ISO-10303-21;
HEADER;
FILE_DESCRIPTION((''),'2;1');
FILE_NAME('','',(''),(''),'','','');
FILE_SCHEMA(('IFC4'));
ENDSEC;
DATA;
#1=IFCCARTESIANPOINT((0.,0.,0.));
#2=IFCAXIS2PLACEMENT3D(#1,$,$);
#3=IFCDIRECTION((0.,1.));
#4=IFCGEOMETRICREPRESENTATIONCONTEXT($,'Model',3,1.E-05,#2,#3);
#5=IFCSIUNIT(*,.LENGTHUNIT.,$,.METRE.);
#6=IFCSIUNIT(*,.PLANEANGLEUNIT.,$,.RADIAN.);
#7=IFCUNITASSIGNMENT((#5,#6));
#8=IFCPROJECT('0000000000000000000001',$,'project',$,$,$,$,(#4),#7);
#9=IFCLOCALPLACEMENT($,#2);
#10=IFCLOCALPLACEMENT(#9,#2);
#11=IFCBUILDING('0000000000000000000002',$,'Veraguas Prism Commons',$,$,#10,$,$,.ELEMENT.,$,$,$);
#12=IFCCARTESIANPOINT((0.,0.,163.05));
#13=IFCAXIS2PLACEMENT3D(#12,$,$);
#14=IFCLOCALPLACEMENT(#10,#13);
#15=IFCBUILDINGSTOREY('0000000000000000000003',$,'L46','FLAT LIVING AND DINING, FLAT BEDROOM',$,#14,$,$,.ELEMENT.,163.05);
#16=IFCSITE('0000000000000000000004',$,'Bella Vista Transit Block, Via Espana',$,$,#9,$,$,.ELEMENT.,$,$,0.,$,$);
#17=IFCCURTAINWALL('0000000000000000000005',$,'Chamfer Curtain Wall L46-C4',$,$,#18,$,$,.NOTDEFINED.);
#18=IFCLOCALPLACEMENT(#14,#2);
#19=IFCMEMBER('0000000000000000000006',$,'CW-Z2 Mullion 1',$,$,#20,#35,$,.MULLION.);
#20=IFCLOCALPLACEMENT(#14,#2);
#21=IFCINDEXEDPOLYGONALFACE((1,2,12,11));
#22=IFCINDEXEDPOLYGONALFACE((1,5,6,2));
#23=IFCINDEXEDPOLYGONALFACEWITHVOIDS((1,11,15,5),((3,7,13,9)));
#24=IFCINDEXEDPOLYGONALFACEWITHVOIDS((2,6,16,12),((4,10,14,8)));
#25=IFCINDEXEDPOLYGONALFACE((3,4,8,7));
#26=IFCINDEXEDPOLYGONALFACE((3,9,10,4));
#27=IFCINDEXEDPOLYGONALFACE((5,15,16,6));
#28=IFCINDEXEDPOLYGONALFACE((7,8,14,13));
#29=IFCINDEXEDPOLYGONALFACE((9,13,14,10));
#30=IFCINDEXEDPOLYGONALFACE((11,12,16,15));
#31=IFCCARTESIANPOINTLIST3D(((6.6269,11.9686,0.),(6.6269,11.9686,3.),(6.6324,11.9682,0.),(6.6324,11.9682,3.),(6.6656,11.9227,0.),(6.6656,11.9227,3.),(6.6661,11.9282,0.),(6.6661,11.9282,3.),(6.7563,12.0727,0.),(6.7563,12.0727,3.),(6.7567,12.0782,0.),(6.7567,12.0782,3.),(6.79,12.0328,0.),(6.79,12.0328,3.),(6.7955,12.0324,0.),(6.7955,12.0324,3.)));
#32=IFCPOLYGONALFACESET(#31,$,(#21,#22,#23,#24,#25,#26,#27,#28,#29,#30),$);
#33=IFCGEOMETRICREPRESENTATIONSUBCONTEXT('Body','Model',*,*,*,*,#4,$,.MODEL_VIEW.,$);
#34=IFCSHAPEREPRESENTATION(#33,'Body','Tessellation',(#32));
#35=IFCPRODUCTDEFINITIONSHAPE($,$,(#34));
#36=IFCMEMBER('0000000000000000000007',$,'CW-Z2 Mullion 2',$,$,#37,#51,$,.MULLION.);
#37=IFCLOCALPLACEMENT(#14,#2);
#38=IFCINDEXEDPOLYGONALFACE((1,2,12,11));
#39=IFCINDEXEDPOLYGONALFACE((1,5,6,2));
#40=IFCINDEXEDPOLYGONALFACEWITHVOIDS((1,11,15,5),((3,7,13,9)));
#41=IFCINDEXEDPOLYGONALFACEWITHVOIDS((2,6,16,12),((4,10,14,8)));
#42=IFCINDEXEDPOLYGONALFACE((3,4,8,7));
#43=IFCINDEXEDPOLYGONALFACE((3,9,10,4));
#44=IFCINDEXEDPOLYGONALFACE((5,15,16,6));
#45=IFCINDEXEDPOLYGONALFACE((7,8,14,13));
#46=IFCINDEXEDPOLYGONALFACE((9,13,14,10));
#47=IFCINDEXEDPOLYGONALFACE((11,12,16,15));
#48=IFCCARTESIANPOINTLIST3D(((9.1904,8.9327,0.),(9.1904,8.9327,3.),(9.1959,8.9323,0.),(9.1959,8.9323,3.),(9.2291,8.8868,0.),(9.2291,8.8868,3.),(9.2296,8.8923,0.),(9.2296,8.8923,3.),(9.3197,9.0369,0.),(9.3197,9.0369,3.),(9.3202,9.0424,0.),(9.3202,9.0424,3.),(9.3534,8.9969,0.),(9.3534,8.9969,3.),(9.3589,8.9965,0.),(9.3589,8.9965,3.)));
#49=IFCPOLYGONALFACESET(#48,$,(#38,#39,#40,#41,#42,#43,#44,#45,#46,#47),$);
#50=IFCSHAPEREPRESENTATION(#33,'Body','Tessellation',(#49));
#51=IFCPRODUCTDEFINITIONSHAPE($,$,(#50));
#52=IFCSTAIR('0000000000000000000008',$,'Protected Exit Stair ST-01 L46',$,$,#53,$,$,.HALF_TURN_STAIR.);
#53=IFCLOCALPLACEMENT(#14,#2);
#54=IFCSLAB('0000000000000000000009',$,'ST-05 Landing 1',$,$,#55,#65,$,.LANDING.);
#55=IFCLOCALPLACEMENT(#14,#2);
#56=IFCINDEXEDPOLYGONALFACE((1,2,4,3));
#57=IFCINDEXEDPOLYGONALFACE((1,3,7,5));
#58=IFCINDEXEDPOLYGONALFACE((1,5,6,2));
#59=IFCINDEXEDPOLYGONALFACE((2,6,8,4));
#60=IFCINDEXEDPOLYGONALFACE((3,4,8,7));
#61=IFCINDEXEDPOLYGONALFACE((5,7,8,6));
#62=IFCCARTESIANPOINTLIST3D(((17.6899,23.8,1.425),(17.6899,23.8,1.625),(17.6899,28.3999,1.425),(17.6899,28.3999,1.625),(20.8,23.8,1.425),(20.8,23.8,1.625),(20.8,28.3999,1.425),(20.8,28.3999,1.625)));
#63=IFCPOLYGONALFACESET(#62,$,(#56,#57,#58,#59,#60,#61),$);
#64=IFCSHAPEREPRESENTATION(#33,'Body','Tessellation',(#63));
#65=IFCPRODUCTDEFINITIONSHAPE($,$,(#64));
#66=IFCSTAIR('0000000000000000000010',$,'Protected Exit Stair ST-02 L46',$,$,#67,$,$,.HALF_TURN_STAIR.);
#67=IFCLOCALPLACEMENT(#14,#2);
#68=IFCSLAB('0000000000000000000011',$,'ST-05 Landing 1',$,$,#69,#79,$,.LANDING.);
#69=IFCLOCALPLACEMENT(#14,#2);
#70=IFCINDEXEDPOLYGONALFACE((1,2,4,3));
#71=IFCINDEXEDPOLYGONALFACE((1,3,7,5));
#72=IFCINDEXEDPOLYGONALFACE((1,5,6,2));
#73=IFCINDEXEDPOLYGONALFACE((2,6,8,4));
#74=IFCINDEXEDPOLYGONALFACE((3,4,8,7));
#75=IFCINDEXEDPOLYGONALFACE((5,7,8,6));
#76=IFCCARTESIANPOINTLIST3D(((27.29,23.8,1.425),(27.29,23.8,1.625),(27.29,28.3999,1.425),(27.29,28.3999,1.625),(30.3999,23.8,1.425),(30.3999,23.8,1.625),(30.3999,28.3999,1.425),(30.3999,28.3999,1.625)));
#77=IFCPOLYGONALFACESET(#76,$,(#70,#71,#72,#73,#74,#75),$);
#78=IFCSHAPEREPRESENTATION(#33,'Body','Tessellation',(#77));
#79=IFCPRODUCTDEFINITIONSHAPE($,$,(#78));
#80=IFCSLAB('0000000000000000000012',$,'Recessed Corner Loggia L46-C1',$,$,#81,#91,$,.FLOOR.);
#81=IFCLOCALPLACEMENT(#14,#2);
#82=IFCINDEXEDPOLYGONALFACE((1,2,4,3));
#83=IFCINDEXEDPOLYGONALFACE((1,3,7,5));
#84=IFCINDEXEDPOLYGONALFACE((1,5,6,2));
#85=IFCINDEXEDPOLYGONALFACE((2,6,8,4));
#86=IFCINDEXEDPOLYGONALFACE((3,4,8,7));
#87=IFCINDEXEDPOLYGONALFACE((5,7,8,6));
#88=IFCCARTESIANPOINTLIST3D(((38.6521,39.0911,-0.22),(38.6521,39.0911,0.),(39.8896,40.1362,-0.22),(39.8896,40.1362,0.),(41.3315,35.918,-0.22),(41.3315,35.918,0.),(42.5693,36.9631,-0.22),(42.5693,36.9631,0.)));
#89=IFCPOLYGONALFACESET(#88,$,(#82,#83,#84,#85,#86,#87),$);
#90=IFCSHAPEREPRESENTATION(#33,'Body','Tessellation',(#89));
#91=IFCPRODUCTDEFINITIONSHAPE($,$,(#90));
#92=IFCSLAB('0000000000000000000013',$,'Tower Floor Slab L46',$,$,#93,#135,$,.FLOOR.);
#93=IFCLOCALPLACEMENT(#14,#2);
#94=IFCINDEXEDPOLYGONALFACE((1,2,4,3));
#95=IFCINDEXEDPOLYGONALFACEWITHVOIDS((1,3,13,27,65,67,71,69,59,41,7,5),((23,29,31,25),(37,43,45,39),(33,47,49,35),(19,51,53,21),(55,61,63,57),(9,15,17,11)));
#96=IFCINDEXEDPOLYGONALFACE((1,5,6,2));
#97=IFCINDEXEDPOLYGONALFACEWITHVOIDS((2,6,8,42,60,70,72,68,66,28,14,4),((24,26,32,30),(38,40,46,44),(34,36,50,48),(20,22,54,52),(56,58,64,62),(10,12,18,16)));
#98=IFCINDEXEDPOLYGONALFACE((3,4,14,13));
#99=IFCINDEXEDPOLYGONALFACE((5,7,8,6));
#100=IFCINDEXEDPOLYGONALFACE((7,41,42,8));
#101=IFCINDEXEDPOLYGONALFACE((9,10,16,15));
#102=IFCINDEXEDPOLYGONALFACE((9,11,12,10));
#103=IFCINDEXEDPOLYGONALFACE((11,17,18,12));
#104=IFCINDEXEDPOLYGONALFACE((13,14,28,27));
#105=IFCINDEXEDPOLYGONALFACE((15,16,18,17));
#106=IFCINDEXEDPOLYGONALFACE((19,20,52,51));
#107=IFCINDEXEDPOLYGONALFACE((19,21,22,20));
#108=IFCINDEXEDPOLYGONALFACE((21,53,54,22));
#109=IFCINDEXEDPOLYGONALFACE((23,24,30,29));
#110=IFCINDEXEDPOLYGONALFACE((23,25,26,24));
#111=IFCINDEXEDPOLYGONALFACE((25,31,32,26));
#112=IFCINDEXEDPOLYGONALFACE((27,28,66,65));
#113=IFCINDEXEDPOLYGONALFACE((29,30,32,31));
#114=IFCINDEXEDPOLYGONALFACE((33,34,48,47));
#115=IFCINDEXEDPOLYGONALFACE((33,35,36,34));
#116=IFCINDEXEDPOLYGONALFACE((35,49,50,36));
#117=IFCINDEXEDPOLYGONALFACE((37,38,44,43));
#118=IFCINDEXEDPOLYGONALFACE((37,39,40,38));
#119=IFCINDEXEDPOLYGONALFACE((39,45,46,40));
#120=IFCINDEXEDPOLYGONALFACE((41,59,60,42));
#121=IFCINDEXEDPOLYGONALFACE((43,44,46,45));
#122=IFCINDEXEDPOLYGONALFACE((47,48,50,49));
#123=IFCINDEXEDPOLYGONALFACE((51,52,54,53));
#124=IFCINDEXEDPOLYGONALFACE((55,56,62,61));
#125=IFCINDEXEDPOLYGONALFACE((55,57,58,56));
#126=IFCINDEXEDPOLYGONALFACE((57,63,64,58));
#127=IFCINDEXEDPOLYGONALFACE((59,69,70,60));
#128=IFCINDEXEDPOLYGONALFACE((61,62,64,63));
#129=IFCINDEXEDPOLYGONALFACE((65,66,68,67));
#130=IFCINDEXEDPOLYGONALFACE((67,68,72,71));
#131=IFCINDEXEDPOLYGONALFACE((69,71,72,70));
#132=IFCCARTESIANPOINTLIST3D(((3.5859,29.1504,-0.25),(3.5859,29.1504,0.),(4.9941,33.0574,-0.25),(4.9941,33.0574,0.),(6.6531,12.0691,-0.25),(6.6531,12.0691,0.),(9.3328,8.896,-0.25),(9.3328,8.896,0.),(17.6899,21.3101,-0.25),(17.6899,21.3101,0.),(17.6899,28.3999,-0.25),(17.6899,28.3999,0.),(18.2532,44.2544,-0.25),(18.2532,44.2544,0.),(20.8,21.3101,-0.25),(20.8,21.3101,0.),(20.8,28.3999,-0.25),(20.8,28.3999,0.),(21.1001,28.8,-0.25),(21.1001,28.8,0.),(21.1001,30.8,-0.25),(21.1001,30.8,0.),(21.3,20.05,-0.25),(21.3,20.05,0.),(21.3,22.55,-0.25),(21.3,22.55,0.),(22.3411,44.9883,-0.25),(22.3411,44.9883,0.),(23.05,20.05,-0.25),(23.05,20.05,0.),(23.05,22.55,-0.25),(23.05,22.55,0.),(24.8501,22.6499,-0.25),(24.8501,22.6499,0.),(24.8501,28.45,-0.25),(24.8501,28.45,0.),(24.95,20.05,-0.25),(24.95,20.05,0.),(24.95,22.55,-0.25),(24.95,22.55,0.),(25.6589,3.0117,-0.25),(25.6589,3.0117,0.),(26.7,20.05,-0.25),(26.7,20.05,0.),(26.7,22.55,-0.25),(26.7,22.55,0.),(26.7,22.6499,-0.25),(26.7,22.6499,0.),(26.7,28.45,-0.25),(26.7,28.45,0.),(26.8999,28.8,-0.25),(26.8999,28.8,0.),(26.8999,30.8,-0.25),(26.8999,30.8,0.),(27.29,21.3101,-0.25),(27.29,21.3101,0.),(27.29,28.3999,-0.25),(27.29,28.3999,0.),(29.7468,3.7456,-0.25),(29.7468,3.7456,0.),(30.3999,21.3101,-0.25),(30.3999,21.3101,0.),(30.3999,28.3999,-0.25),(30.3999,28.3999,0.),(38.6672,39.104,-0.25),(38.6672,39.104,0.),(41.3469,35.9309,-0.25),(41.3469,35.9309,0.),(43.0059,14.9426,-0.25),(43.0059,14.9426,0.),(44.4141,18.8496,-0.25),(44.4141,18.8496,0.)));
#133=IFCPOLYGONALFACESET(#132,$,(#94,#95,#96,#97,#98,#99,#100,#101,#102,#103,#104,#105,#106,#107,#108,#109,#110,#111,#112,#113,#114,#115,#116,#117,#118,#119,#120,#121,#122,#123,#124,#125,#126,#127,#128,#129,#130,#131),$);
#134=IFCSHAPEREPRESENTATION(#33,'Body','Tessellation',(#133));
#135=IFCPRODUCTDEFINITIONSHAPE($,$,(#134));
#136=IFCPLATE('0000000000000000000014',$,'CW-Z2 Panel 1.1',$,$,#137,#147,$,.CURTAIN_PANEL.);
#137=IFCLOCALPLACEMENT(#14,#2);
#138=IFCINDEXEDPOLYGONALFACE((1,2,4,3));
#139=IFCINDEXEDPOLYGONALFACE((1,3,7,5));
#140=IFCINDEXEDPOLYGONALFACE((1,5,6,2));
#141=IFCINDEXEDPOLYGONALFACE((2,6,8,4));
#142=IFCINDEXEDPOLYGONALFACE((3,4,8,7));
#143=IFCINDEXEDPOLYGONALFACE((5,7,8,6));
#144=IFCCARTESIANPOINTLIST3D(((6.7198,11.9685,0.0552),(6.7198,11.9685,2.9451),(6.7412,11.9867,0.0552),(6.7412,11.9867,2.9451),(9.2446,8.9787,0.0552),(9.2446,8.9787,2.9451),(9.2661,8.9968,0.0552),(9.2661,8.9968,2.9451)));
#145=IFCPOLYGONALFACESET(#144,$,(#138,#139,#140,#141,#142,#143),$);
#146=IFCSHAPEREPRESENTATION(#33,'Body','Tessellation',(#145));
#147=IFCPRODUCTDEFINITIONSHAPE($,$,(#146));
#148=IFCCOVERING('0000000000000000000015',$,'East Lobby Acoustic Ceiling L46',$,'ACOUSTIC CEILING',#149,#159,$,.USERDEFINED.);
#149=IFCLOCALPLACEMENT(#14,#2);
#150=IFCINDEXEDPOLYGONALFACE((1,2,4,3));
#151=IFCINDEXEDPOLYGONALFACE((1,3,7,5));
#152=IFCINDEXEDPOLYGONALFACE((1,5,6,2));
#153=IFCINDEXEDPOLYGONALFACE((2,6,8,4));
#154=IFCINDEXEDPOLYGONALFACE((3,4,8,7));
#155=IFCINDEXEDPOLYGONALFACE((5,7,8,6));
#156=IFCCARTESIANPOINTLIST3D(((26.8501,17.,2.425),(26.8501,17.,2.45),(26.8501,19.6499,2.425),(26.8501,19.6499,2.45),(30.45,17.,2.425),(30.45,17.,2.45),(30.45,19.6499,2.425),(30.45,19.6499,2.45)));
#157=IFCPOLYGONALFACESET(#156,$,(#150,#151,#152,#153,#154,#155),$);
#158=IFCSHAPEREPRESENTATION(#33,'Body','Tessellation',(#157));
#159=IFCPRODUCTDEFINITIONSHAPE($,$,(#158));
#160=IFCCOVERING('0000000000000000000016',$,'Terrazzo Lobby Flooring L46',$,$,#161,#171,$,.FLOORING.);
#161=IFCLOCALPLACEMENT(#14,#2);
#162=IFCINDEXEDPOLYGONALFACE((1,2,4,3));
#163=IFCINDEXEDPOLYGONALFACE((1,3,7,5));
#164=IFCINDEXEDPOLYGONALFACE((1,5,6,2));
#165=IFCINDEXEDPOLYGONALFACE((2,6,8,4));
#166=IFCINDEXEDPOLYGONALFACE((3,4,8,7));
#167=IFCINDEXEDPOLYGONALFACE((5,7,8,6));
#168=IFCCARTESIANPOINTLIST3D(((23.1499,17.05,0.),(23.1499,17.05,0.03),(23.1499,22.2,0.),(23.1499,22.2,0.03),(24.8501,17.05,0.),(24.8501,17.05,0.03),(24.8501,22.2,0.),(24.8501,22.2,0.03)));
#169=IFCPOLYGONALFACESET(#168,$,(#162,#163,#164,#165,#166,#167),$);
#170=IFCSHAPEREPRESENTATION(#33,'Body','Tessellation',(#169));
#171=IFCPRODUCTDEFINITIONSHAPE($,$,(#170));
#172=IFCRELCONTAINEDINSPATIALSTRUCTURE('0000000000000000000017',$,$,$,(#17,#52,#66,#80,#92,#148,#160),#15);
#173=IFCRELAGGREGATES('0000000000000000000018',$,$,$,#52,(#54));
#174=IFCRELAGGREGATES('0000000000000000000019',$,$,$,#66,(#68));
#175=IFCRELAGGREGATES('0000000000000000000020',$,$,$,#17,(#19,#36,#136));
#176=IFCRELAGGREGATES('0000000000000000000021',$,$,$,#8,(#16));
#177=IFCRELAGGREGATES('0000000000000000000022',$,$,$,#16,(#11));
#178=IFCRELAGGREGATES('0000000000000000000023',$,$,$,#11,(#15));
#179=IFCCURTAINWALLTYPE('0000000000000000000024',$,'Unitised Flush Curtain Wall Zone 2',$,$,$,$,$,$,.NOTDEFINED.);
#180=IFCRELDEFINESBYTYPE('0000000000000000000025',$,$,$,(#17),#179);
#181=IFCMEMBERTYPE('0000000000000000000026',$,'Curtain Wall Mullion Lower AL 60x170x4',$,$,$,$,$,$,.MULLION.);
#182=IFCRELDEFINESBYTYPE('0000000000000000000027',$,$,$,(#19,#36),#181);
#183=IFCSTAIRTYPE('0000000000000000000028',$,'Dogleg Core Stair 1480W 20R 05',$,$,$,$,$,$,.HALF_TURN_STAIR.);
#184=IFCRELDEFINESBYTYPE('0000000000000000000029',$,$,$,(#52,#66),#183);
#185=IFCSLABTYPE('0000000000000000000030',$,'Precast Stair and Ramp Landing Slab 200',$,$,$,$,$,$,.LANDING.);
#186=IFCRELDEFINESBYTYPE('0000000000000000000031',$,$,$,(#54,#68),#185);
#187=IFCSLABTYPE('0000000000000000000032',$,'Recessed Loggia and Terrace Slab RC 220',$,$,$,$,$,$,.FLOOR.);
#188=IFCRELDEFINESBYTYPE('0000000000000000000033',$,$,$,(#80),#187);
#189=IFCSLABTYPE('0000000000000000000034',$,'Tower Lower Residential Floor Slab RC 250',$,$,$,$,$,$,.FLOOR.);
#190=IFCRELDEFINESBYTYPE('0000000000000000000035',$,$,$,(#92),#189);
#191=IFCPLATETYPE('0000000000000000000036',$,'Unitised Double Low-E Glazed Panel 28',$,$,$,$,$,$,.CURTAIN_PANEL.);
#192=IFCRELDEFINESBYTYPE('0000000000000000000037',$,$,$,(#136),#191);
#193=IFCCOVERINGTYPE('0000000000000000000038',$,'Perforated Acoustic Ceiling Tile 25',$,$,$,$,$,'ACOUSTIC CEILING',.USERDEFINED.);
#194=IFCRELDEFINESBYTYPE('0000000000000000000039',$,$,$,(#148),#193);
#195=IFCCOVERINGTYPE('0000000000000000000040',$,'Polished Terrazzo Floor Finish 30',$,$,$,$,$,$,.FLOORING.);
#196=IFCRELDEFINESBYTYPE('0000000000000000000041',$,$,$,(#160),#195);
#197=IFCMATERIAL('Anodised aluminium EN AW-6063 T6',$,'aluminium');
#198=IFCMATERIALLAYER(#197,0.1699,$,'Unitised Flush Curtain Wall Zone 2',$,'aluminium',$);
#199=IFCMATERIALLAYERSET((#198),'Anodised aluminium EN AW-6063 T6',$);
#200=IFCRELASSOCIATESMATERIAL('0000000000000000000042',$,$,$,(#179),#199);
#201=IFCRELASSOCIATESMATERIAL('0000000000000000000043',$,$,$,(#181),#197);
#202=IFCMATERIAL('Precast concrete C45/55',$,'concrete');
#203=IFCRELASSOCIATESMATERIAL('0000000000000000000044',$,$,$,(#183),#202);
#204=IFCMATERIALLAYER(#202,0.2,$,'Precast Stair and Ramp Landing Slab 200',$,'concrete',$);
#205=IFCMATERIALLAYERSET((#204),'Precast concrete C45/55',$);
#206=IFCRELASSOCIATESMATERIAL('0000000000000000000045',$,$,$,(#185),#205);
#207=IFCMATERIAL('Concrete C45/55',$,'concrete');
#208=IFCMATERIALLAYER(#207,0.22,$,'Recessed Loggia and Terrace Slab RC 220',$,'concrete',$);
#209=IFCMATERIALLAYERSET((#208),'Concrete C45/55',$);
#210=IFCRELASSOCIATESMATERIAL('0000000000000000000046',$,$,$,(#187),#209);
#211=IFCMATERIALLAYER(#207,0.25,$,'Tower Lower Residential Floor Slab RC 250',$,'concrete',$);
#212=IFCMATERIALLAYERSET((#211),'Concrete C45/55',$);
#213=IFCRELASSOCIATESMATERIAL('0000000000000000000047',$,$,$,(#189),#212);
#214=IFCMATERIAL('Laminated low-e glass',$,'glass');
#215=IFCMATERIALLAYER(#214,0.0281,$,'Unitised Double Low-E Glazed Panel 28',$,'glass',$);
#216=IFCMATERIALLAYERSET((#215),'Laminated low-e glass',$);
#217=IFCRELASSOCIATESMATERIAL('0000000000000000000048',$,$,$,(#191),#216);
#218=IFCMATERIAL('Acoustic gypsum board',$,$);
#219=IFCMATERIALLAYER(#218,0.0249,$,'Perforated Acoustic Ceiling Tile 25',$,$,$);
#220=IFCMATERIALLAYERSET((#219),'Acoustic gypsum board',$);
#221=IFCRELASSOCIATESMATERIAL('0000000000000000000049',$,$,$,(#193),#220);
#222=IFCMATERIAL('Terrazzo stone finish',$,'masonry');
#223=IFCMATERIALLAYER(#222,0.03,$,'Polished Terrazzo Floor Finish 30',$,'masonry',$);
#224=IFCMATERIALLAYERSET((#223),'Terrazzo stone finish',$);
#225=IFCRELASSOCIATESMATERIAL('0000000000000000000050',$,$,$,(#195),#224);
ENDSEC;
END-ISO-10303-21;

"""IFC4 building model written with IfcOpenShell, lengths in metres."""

from ifc_helpers import new_model, si_unit, direction, frame, origin, origin_2d, place, context, subcontext, project, spatial, polyline, rectangle, hollow_rectangle, outline, extrude, source, transform, mapped, material, layer, layer_set, material_profile, profile_set, type_object, element, aggregate, save


model = new_model("IFC4")

# Units and contexts
model_context = context("Model", 3, precision=1e-05, world=origin(), true_north=direction((0.0, 1.0)))
body_context = subcontext(model_context, "Body", "Model", "MODEL_VIEW")
ifc_project = project(units=[si_unit("LENGTHUNIT", "METRE"), si_unit("PLANEANGLEUNIT", "RADIAN")], contexts=[model_context])

# Site, building, storey
site_placement = place(None, origin())
site = spatial("IfcSite", under=ifc_project, at=site_placement, Name="Bella Vista Transit Block, Via Espana", CompositionType="ELEMENT", RefElevation=0.0)
building_placement = place(site_placement, origin())
building = spatial("IfcBuilding", under=site, at=building_placement, Name="Veraguas Prism Commons", CompositionType="ELEMENT")
storey_placement = place(building_placement, frame((0.0, 0.0, 163.05)))
storey = spatial("IfcBuildingStorey", under=building, at=storey_placement, Name="L46", Description="FLAT LIVING AND DINING, FLAT BEDROOM", CompositionType="ELEMENT", Elevation=163.05)

# Curtain wall, members
ifc_material_1 = material(Name="Anodised aluminium EN AW-6063 T6", Category="aluminium")
ifc_layer_1 = layer(ifc_material_1, 0.1699, Name="Unitised Flush Curtain Wall Zone 2", Category="aluminium")
ifc_layer_set_1 = layer_set([ifc_layer_1], Name="Anodised aluminium EN AW-6063 T6")
curtain_wall_type = type_object("IfcCurtainWallType", Name="Unitised Flush Curtain Wall Zone 2", PredefinedType="NOTDEFINED", material=ifc_layer_set_1)
curtain_wall_placement = place(storey_placement, origin())
curtain_wall = element("IfcCurtainWall", 1, at=curtain_wall_placement, inside=storey, type_object=curtain_wall_type, Name="Chamfer Curtain Wall L46-C4", PredefinedType="NOTDEFINED")
ifc_material_profile = material_profile(ifc_material_1, hollow_rectangle(XDim=0.0601, YDim=0.1699, WallThickness=0.0039, at=origin_2d()), Name="AL60X170X4")
ifc_profile_set = profile_set([ifc_material_profile], Name="Anodised aluminium EN AW-6063 T6")
member_type = type_object("IfcMemberType", Name="Curtain Wall Mullion Lower AL 60x170x4", PredefinedType="MULLION", material=ifc_profile_set)
shared_shape_1 = source(origin(), body_context, "Body", "SweptSolid", [
    extrude(hollow_rectangle(XDim=0.0601, YDim=0.1699, WallThickness=0.0039, at=origin_2d()), origin(), (0.0, 0.0, 1.0), 3.0),
])
member_1_placement = place(storey_placement, frame((6.7112, 12.0005, 0.0), z_axis=(0.0, 0.0, 1.0), x_axis=(0.645187, -0.764025, 0.0)))
member_1 = element("IfcMember", 2, at=member_1_placement, type_object=member_type, Name="CW-Z2 Mullion 1", PredefinedType="MULLION", context=body_context, shape_type="MappedRepresentation", body=[
    mapped(shared_shape_1, transform((0.0, 0.0, 0.0), scale=1.0)),
])
member_2_placement = place(storey_placement, frame((9.2747, 8.9646, 0.0), z_axis=(0.0, 0.0, 1.0), x_axis=(0.645187, -0.764025, 0.0)))
member_2 = element("IfcMember", 3, at=member_2_placement, type_object=member_type, Name="CW-Z2 Mullion 2", PredefinedType="MULLION", context=body_context, shape_type="MappedRepresentation", body=[
    mapped(shared_shape_1, transform((0.0, 0.0, 0.0), scale=1.0)),
])

# Stairs, slabs
ifc_material_2 = material(Name="Precast concrete C45/55", Category="concrete")
stair_type = type_object("IfcStairType", Name="Dogleg Core Stair 1480W 20R 05", PredefinedType="HALF_TURN_STAIR", material=ifc_material_2)
stair_1_placement = place(storey_placement, origin())
stair_1 = element("IfcStair", 4, at=stair_1_placement, inside=storey, type_object=stair_type, Name="Protected Exit Stair ST-01 L46", PredefinedType="HALF_TURN_STAIR")
ifc_layer_2 = layer(ifc_material_2, 0.2, Name="Precast Stair and Ramp Landing Slab 200", Category="concrete")
ifc_layer_set_2 = layer_set([ifc_layer_2], Name="Precast concrete C45/55")
slab_type_1 = type_object("IfcSlabType", Name="Precast Stair and Ramp Landing Slab 200", PredefinedType="LANDING", material=ifc_layer_set_2)
slab_1_placement = place(storey_placement, frame((0.0, 0.0, 1.425)))
slab_1 = element("IfcSlab", 5, at=slab_1_placement, type_object=slab_type_1, Name="ST-05 Landing 1", PredefinedType="LANDING", context=body_context, shape_type="SweptSolid", body=[
    extrude(outline(polyline([(20.8, 23.8), (20.8, 28.3999), (17.6899, 28.3999), (17.6899, 23.8), (20.8, 23.8)])), origin(), (0.0, 0.0, 1.0), 0.2),
])
aggregate(stair_1, [slab_1])
stair_2_placement = place(storey_placement, origin())
stair_2 = element("IfcStair", 6, at=stair_2_placement, inside=storey, type_object=stair_type, Name="Protected Exit Stair ST-02 L46", PredefinedType="HALF_TURN_STAIR")
slab_2_placement = place(storey_placement, frame((0.0, 0.0, 1.425)))
slab_2 = element("IfcSlab", 7, at=slab_2_placement, type_object=slab_type_1, Name="ST-05 Landing 1", PredefinedType="LANDING", context=body_context, shape_type="SweptSolid", body=[
    extrude(outline(polyline([(30.3999, 23.8), (30.3999, 28.3999), (27.29, 28.3999), (27.29, 23.8), (30.3999, 23.8)])), origin(), (0.0, 0.0, 1.0), 0.2),
])
aggregate(stair_2, [slab_2])

# Slabs
ifc_material_3 = material(Name="Concrete C45/55", Category="concrete")
ifc_layer_3 = layer(ifc_material_3, 0.22, Name="Recessed Loggia and Terrace Slab RC 220", Category="concrete")
ifc_layer_set_3 = layer_set([ifc_layer_3], Name="Concrete C45/55")
slab_type_2 = type_object("IfcSlabType", Name="Recessed Loggia and Terrace Slab RC 220", PredefinedType="FLOOR", material=ifc_layer_set_3)
slab_3_placement = place(storey_placement, frame((0.0, 0.0, -0.22)))
element("IfcSlab", 8, at=slab_3_placement, inside=storey, type_object=slab_type_2, Name="Recessed Corner Loggia L46-C1", PredefinedType="FLOOR", context=body_context, shape_type="SweptSolid", body=[
    extrude(outline(polyline([(41.3315, 35.918), (42.5693, 36.9631), (39.8896, 40.1362), (38.6521, 39.0911), (41.3315, 35.918)])), origin(), (0.0, 0.0, 1.0), 0.22),
])
ifc_layer_4 = layer(ifc_material_3, 0.25, Name="Tower Lower Residential Floor Slab RC 250", Category="concrete")
ifc_layer_set_4 = layer_set([ifc_layer_4], Name="Concrete C45/55")
slab_type_3 = type_object("IfcSlabType", Name="Tower Lower Residential Floor Slab RC 250", PredefinedType="FLOOR", material=ifc_layer_set_4)
slab_4_placement = place(storey_placement, frame((0.0, 0.0, -0.25)))
element("IfcSlab", 9, at=slab_4_placement, inside=storey, type_object=slab_type_3, Name="Tower Floor Slab L46", PredefinedType="FLOOR", context=body_context, shape_type="SweptSolid", body=[
    extrude(outline(polyline([(41.3469, 35.9309), (38.6672, 39.104), (22.3411, 44.9883), (18.2532, 44.2544), (4.9941, 33.0574), (3.5859, 29.1504), (6.6531, 12.0691), (9.3328, 8.896), (25.6589, 3.0117), (29.7468, 3.7456), (43.0059, 14.9426), (44.4141, 18.8496), (41.3469, 35.9309)]), holes=[polyline([(20.8, 21.3101), (20.8, 28.3999), (17.6899, 28.3999), (17.6899, 21.3101), (20.8, 21.3101)]), polyline([(30.3999, 21.3101), (30.3999, 28.3999), (27.29, 28.3999), (27.29, 21.3101), (30.3999, 21.3101)]), polyline([(24.8501, 22.6499), (26.7, 22.6499), (26.7, 28.45), (24.8501, 28.45), (24.8501, 22.6499)]), polyline([(21.1001, 28.8), (26.8999, 28.8), (26.8999, 30.8), (21.1001, 30.8), (21.1001, 28.8)]), polyline([(21.3, 20.05), (23.05, 20.05), (23.05, 22.55), (21.3, 22.55), (21.3, 20.05)]), polyline([(24.95, 20.05), (26.7, 20.05), (26.7, 22.55), (24.95, 22.55), (24.95, 20.05)])]), origin(), (0.0, 0.0, 1.0), 0.25),
])

# Plate
ifc_material_4 = material(Name="Laminated low-e glass", Category="glass")
ifc_layer_5 = layer(ifc_material_4, 0.0281, Name="Unitised Double Low-E Glazed Panel 28", Category="glass")
ifc_layer_set_5 = layer_set([ifc_layer_5], Name="Laminated low-e glass")
plate_type = type_object("IfcPlateType", Name="Unitised Double Low-E Glazed Panel 28", PredefinedType="CURTAIN_PANEL", material=ifc_layer_set_5)
shared_shape_2 = source(origin(), body_context, "Body", "SweptSolid", [
    extrude(rectangle(XDim=3.9133, YDim=0.0281, at=origin_2d()), origin(), (0.0, 0.0, 1.0), 2.8899),
])
plate_placement = place(storey_placement, frame((7.9929, 10.4827, 0.0552), z_axis=(0.0, 0.0, 1.0), x_axis=(0.645187, -0.764025, 0.0)))
plate = element("IfcPlate", 10, at=plate_placement, type_object=plate_type, Name="CW-Z2 Panel 1.1", PredefinedType="CURTAIN_PANEL", context=body_context, shape_type="MappedRepresentation", body=[
    mapped(shared_shape_2, transform((0.0, 0.0, 0.0), scale=1.0)),
])
aggregate(curtain_wall, [member_1, member_2, plate])

# Coverings
ifc_material_5 = material(Name="Acoustic gypsum board")
ifc_layer_6 = layer(ifc_material_5, 0.0249, Name="Perforated Acoustic Ceiling Tile 25")
ifc_layer_set_6 = layer_set([ifc_layer_6], Name="Acoustic gypsum board")
covering_type_1 = type_object("IfcCoveringType", Name="Perforated Acoustic Ceiling Tile 25", ElementType="ACOUSTIC CEILING", PredefinedType="USERDEFINED", material=ifc_layer_set_6)
covering_1_placement = place(storey_placement, frame((0.0, 0.0, 2.425)))
element("IfcCovering", 11, at=covering_1_placement, inside=storey, type_object=covering_type_1, Name="East Lobby Acoustic Ceiling L46", ObjectType="ACOUSTIC CEILING", PredefinedType="USERDEFINED", context=body_context, shape_type="SweptSolid", body=[
    extrude(outline(polyline([(26.8501, 17.0), (30.45, 17.0), (30.45, 19.6499), (26.8501, 19.6499), (26.8501, 17.0)])), origin(), (0.0, 0.0, 1.0), 0.0249),
])
ifc_material_6 = material(Name="Terrazzo stone finish", Category="masonry")
ifc_layer_7 = layer(ifc_material_6, 0.03, Name="Polished Terrazzo Floor Finish 30", Category="masonry")
ifc_layer_set_7 = layer_set([ifc_layer_7], Name="Terrazzo stone finish")
covering_type_2 = type_object("IfcCoveringType", Name="Polished Terrazzo Floor Finish 30", PredefinedType="FLOORING", material=ifc_layer_set_7)
covering_2_placement = place(storey_placement, origin())
element("IfcCovering", 12, at=covering_2_placement, inside=storey, type_object=covering_type_2, Name="Terrazzo Lobby Flooring L46", PredefinedType="FLOORING", context=body_context, shape_type="SweptSolid", body=[
    extrude(outline(polyline([(23.1499, 17.05), (24.8501, 17.05), (24.8501, 22.2), (23.1499, 22.2), (23.1499, 17.05)])), origin(), (0.0, 0.0, 1.0), 0.03),
])

save(model, "model.ifc")
